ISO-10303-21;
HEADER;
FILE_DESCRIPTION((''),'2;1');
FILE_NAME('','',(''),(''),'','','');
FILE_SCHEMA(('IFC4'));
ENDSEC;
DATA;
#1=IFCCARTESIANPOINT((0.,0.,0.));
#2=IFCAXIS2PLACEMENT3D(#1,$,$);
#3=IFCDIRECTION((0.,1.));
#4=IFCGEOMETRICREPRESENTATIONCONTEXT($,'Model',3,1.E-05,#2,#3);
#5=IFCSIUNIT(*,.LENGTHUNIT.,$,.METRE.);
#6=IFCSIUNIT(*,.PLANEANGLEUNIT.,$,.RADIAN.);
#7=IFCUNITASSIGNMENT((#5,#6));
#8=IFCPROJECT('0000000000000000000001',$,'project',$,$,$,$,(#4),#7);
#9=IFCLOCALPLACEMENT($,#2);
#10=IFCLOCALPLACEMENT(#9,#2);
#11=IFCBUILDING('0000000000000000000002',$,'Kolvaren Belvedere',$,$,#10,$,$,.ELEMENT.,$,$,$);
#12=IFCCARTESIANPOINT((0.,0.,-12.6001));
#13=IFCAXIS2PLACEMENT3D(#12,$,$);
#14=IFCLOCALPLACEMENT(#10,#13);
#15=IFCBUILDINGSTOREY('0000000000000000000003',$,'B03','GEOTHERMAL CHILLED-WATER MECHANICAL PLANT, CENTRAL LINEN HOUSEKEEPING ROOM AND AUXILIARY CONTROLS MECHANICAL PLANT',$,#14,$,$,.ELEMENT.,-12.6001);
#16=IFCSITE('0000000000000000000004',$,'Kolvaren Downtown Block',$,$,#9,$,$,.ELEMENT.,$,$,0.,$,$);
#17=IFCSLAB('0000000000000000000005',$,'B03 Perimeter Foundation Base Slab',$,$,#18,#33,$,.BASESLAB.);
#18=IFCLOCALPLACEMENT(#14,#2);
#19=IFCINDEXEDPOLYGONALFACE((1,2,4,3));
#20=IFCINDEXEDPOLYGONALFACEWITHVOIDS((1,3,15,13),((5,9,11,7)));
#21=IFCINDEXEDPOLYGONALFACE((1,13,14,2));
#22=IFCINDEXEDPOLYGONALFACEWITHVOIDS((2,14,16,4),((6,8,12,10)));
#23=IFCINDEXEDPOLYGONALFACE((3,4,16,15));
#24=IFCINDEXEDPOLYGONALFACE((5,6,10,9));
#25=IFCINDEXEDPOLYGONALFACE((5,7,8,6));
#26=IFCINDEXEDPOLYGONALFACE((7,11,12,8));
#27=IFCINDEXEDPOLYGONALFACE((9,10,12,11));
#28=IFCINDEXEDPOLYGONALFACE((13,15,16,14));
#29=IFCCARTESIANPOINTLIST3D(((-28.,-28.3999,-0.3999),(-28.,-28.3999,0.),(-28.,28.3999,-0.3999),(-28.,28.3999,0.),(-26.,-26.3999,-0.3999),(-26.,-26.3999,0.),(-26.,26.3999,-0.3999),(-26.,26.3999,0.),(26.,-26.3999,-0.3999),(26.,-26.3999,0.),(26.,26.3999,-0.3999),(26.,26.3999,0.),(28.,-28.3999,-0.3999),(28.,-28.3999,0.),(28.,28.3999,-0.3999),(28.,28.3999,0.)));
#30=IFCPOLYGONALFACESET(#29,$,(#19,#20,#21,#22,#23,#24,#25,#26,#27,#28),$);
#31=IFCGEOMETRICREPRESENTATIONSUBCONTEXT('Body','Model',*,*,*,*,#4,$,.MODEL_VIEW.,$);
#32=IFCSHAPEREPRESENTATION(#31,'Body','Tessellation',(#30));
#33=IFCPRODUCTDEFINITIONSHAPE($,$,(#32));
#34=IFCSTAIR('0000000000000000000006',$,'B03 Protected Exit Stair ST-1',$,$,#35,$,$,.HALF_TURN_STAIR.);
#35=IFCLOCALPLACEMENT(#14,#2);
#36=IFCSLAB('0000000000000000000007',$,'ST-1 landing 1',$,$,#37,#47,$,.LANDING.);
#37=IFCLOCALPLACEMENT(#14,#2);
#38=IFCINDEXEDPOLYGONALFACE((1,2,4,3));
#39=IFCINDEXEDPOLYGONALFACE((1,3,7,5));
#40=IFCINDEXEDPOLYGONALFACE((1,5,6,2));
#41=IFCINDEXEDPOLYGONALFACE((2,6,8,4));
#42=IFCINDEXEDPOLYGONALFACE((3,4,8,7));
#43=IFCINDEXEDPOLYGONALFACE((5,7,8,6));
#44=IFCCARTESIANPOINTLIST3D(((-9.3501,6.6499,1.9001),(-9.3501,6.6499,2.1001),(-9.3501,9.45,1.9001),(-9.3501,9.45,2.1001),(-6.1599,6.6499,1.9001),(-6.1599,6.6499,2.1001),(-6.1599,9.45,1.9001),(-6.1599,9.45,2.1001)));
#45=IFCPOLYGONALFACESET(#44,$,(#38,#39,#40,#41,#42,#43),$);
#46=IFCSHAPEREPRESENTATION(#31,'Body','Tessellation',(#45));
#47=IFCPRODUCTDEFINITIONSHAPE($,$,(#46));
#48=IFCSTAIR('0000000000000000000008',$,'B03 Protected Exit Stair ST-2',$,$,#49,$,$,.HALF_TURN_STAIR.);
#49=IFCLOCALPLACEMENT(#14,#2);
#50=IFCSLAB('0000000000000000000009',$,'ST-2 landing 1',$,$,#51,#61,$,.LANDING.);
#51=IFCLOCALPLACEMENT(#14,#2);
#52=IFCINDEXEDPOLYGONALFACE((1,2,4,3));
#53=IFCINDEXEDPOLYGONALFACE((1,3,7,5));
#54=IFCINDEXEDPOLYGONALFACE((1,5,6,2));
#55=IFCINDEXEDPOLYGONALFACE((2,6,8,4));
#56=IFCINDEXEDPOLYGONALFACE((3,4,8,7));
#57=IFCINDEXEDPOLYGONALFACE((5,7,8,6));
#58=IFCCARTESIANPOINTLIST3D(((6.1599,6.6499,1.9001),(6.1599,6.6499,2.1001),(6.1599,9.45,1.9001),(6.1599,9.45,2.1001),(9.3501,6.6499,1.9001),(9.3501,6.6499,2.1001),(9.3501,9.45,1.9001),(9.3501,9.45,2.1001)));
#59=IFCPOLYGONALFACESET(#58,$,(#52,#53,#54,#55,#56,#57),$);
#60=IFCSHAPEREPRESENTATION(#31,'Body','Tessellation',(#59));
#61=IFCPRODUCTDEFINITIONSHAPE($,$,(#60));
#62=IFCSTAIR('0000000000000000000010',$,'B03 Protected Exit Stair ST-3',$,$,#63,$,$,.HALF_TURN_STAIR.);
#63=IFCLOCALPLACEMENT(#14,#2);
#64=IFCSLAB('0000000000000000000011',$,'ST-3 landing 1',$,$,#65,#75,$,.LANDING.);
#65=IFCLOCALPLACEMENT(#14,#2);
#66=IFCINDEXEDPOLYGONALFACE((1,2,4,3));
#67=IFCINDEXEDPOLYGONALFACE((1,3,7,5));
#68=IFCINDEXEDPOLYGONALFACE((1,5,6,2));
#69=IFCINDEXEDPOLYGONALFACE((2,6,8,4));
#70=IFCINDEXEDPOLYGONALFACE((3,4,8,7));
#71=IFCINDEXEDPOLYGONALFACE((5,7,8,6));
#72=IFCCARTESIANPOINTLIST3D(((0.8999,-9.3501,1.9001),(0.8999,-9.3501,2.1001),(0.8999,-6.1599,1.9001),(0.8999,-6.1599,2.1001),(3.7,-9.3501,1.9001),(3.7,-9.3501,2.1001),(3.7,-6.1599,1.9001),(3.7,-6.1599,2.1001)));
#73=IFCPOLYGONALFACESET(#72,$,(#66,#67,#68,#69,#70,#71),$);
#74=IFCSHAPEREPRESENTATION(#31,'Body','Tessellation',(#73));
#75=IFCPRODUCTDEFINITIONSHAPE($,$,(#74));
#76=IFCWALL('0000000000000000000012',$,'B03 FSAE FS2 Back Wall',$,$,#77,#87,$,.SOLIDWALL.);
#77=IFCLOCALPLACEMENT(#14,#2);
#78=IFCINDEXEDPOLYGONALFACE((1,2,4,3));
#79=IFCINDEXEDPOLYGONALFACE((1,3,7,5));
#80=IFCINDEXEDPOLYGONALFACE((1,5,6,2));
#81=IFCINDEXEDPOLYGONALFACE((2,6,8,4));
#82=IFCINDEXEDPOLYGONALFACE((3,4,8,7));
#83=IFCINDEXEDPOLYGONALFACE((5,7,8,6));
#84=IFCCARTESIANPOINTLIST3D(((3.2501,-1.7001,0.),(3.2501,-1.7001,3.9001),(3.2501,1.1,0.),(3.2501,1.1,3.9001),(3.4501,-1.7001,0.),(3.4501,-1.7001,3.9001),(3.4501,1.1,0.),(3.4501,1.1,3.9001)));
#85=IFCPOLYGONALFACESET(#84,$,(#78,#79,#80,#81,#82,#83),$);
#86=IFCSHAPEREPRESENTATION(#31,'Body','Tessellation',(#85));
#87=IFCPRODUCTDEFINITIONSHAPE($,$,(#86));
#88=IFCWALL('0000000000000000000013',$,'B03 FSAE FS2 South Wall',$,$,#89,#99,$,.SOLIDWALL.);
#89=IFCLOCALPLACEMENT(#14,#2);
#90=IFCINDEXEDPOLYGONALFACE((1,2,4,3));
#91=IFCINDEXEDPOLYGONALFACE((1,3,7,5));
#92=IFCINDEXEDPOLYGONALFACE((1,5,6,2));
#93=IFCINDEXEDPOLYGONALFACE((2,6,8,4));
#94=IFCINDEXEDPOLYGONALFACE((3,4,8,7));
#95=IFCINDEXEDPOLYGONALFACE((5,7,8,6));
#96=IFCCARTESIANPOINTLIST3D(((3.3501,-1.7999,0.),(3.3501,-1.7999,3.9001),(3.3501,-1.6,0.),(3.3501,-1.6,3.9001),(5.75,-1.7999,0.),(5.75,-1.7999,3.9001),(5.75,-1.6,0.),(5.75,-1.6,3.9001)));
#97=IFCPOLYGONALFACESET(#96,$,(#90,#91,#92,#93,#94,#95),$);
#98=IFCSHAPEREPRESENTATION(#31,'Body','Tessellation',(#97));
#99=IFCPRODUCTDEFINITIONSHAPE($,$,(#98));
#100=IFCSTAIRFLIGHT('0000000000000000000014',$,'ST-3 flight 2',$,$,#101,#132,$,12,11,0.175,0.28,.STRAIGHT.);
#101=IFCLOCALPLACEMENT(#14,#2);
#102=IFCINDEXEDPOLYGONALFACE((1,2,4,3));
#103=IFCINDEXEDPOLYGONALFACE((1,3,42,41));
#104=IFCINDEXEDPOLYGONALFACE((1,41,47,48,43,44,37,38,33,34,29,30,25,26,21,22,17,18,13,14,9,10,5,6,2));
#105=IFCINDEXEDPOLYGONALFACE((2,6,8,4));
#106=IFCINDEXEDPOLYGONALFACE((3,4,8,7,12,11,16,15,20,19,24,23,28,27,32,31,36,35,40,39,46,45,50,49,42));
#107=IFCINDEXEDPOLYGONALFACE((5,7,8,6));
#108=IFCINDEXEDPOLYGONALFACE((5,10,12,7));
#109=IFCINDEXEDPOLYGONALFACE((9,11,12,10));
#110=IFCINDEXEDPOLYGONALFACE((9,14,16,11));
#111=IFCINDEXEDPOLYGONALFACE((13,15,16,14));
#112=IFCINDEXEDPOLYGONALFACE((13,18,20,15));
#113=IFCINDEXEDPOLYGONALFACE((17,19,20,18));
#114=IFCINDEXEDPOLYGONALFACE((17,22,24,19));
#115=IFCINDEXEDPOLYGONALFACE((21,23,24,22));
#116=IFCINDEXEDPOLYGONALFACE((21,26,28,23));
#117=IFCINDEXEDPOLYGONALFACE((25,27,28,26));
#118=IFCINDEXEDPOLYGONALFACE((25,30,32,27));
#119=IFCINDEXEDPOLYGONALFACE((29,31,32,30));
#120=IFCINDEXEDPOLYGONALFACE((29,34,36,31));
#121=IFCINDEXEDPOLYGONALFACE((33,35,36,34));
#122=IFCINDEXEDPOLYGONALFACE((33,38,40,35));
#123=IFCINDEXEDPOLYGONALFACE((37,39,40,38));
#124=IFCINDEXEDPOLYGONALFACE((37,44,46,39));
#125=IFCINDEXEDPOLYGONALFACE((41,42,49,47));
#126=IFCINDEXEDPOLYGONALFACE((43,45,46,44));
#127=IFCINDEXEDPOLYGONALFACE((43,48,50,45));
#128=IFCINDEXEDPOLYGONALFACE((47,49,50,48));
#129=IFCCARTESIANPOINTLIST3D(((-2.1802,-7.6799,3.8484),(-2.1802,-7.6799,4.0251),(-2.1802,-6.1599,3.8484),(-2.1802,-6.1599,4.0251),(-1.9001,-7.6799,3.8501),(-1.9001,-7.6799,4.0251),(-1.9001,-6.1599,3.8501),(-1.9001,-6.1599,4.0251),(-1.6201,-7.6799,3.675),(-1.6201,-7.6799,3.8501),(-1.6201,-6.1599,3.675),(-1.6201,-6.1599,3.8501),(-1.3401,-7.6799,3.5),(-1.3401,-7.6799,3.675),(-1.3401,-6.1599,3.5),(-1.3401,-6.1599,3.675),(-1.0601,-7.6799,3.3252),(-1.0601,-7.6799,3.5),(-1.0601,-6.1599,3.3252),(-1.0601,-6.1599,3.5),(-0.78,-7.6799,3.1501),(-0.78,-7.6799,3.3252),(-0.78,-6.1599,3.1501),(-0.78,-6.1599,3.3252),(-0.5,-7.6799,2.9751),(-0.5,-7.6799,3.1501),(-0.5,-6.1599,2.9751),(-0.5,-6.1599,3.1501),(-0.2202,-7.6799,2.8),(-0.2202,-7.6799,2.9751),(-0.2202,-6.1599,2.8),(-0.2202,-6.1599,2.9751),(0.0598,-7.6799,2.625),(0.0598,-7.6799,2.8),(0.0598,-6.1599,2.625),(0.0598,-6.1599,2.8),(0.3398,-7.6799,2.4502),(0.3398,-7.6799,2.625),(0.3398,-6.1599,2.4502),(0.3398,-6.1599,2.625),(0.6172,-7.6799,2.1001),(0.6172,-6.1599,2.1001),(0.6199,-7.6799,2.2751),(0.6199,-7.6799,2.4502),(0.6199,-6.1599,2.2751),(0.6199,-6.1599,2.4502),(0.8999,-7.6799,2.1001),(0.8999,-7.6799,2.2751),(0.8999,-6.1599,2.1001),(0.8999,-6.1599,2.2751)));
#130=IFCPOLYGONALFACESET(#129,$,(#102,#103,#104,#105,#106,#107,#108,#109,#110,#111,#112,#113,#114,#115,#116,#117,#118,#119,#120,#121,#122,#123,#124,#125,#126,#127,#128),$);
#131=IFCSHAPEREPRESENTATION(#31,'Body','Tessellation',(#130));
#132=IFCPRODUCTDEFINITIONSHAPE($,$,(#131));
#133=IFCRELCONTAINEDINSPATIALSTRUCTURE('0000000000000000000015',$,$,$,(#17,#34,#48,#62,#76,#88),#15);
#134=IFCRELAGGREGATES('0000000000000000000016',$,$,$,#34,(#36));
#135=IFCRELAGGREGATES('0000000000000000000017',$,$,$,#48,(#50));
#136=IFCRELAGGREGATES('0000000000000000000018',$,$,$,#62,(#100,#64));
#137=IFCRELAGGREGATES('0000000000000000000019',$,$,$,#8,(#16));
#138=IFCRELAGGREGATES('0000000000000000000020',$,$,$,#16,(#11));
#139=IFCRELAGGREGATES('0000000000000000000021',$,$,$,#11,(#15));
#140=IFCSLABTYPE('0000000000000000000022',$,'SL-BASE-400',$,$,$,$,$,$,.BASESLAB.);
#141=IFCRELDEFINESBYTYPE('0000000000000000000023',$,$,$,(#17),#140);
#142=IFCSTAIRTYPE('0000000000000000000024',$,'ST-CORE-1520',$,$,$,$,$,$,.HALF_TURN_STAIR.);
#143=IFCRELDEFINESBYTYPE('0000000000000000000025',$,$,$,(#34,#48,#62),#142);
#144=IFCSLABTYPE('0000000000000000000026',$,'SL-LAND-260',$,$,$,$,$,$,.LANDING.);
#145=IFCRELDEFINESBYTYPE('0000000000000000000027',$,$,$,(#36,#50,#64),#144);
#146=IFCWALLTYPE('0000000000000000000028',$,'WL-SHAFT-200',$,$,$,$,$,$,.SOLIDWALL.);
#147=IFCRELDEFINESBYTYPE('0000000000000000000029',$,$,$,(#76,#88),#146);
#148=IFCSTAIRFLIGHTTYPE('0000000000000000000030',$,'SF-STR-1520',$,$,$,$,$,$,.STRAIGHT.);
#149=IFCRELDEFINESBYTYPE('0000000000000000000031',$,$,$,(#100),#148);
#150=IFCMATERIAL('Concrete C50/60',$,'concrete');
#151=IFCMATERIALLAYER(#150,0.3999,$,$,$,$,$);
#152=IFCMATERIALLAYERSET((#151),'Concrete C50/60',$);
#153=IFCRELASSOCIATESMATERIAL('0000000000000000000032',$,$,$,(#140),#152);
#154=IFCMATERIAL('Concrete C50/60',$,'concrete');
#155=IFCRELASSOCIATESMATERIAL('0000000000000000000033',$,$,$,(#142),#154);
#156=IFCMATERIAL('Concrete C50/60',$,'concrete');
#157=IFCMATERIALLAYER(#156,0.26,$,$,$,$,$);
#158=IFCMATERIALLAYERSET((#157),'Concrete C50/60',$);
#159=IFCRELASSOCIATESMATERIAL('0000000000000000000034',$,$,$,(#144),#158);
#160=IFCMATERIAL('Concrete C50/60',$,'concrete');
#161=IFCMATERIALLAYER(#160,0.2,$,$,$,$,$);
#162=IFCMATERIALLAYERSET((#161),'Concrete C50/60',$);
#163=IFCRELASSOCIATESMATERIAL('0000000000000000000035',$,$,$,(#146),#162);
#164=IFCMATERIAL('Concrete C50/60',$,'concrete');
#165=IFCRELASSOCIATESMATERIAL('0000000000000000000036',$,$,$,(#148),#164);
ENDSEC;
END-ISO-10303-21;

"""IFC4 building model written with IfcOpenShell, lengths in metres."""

from ifc_helpers import new_model, si_unit, direction, frame, frame_2d, origin, place, context, subcontext, project, spatial, polyline, rectangle, outline, extrude, material, layer, layer_set, type_object, element, aggregate, save


model = new_model("IFC4")

# Units and contexts
model_context = context("Model", 3, precision=1e-05, world=origin(), true_north=direction((0.0, 1.0)))
body_context = subcontext(model_context, "Body", "Model", "MODEL_VIEW")
ifc_project = project(units=[si_unit("LENGTHUNIT", "METRE"), si_unit("PLANEANGLEUNIT", "RADIAN")], contexts=[model_context])

# Site, building, storey
site_placement = place(None, origin())
site = spatial("IfcSite", under=ifc_project, at=site_placement, Name="Kolvaren Downtown Block", CompositionType="ELEMENT", RefElevation=0.0)
building_placement = place(site_placement, origin())
building = spatial("IfcBuilding", under=site, at=building_placement, Name="Kolvaren Belvedere", CompositionType="ELEMENT")
storey_placement = place(building_placement, frame((0.0, 0.0, -12.6001)))
storey = spatial("IfcBuildingStorey", under=building, at=storey_placement, Name="B03", Description="GEOTHERMAL CHILLED-WATER MECHANICAL PLANT, CENTRAL LINEN HOUSEKEEPING ROOM AND AUXILIARY CONTROLS MECHANICAL PLANT", CompositionType="ELEMENT", Elevation=-12.6001)

# Slab
ifc_material_1 = material(Name="Concrete C50/60", Category="concrete")
ifc_layer_1 = layer(ifc_material_1, 0.3999)
ifc_layer_set_1 = layer_set([ifc_layer_1], Name="Concrete C50/60")
slab_type_1 = type_object("IfcSlabType", Name="SL-BASE-400", PredefinedType="BASESLAB", material=ifc_layer_set_1)
slab_1_placement = place(storey_placement, frame((0.0, 0.0, -0.3999)))
element("IfcSlab", 1, at=slab_1_placement, inside=storey, type_object=slab_type_1, Name="B03 Perimeter Foundation Base Slab", PredefinedType="BASESLAB", context=body_context, shape_type="SweptSolid", body=[
    extrude(outline(polyline([(-28.0, -28.3999), (28.0, -28.3999), (28.0, 28.3999), (-28.0, 28.3999), (-28.0, -28.3999)]), holes=[polyline([(-26.0, -26.3999), (26.0, -26.3999), (26.0, 26.3999), (-26.0, 26.3999), (-26.0, -26.3999)])]), origin(), (0.0, 0.0, 1.0), 0.3999),
])

# Stairs, slabs
ifc_material_2 = material(Name="Concrete C50/60", Category="concrete")
stair_type = type_object("IfcStairType", Name="ST-CORE-1520", PredefinedType="HALF_TURN_STAIR", material=ifc_material_2)
stair_1_placement = place(storey_placement, origin())
stair_1 = element("IfcStair", 2, at=stair_1_placement, inside=storey, type_object=stair_type, Name="B03 Protected Exit Stair ST-1", PredefinedType="HALF_TURN_STAIR")
ifc_material_3 = material(Name="Concrete C50/60", Category="concrete")
ifc_layer_2 = layer(ifc_material_3, 0.26)
ifc_layer_set_2 = layer_set([ifc_layer_2], Name="Concrete C50/60")
slab_type_2 = type_object("IfcSlabType", Name="SL-LAND-260", PredefinedType="LANDING", material=ifc_layer_set_2)
slab_2_placement = place(storey_placement, frame((0.0, 0.0, 1.9001)))
slab_2 = element("IfcSlab", 3, at=slab_2_placement, type_object=slab_type_2, Name="ST-1 landing 1", PredefinedType="LANDING", context=body_context, shape_type="SweptSolid", body=[
    extrude(outline(polyline([(-6.1599, 6.6499), (-6.1599, 9.45), (-9.3501, 9.45), (-9.3501, 6.6499), (-6.1599, 6.6499)])), origin(), (0.0, 0.0, 1.0), 0.2),
])
aggregate(stair_1, [slab_2])
stair_2_placement = place(storey_placement, origin())
stair_2 = element("IfcStair", 4, at=stair_2_placement, inside=storey, type_object=stair_type, Name="B03 Protected Exit Stair ST-2", PredefinedType="HALF_TURN_STAIR")
slab_3_placement = place(storey_placement, frame((0.0, 0.0, 1.9001)))
slab_3 = element("IfcSlab", 5, at=slab_3_placement, type_object=slab_type_2, Name="ST-2 landing 1", PredefinedType="LANDING", context=body_context, shape_type="SweptSolid", body=[
    extrude(outline(polyline([(9.3501, 6.6499), (9.3501, 9.45), (6.1599, 9.45), (6.1599, 6.6499), (9.3501, 6.6499)])), origin(), (0.0, 0.0, 1.0), 0.2),
])
aggregate(stair_2, [slab_3])
stair_3_placement = place(storey_placement, origin())
stair_3 = element("IfcStair", 6, at=stair_3_placement, inside=storey, type_object=stair_type, Name="B03 Protected Exit Stair ST-3", PredefinedType="HALF_TURN_STAIR")
slab_4_placement = place(storey_placement, frame((0.0, 0.0, 1.9001)))
slab_4 = element("IfcSlab", 7, at=slab_4_placement, type_object=slab_type_2, Name="ST-3 landing 1", PredefinedType="LANDING", context=body_context, shape_type="SweptSolid", body=[
    extrude(outline(polyline([(0.8999, -9.3501), (3.7, -9.3501), (3.7, -6.1599), (0.8999, -6.1599), (0.8999, -9.3501)])), origin(), (0.0, 0.0, 1.0), 0.2),
])

# Walls
ifc_material_4 = material(Name="Concrete C50/60", Category="concrete")
ifc_layer_3 = layer(ifc_material_4, 0.2)
ifc_layer_set_3 = layer_set([ifc_layer_3], Name="Concrete C50/60")
wall_type = type_object("IfcWallType", Name="WL-SHAFT-200", PredefinedType="SOLIDWALL", material=ifc_layer_set_3)
wall_1_placement = place(storey_placement, frame((3.3501, -1.7, 0.0), z_axis=(0.0, 0.0, 1.0), x_axis=(0.0, 1.0, 0.0)))
element("IfcWall", 8, at=wall_1_placement, inside=storey, type_object=wall_type, Name="B03 FSAE FS2 Back Wall", PredefinedType="SOLIDWALL", context=body_context, shape_type="SweptSolid", body=[
    extrude(rectangle(XDim=2.8, YDim=0.2, at=frame_2d((1.3999, 0.0))), origin(), (0.0, 0.0, 1.0), 3.9001),
])
wall_2_placement = place(storey_placement, frame((3.3501, -1.7, 0.0), z_axis=(0.0, 0.0, 1.0), x_axis=(1.0, 0.0, 0.0)))
element("IfcWall", 9, at=wall_2_placement, inside=storey, type_object=wall_type, Name="B03 FSAE FS2 South Wall", PredefinedType="SOLIDWALL", context=body_context, shape_type="SweptSolid", body=[
    extrude(rectangle(XDim=2.3999, YDim=0.2, at=frame_2d((1.2, 0.0))), origin(), (0.0, 0.0, 1.0), 3.9001),
])

# Stair flight
ifc_material_5 = material(Name="Concrete C50/60", Category="concrete")
stair_flight_type = type_object("IfcStairFlightType", Name="SF-STR-1520", PredefinedType="STRAIGHT", material=ifc_material_5)
stair_flight_placement = place(storey_placement, frame((0.8999, -6.9199, 2.1001), z_axis=(0.0, 0.0, 1.0), x_axis=(-1.0, 0.0, 0.0)))
stair_flight = element("IfcStairFlight", 10, at=stair_flight_placement, type_object=stair_flight_type, Name="ST-3 flight 2", NumberOfRisers=12, NumberOfTreads=11, PredefinedType="STRAIGHT", RiserHeight=0.175, TreadLength=0.28, context=body_context, shape_type="SweptSolid", body=[
    extrude(outline(polyline([(0.0, 0.0), (0.0, 0.175), (0.28, 0.175), (0.28, 0.3501), (0.5601, 0.3501), (0.5601, 0.5249), (0.8401, 0.5249), (0.8401, 0.7), (1.1201, 0.7), (1.1201, 0.875), (1.3999, 0.875), (1.3999, 1.05), (1.6799, 1.05), (1.6799, 1.2251), (1.96, 1.2251), (1.96, 1.3999), (2.24, 1.3999), (2.24, 1.575), (2.52, 1.575), (2.52, 1.75), (2.8, 1.75), (2.8, 1.925), (3.0801, 1.925), (3.0801, 2.1001), (3.0801, 1.7483), (0.2827, 0.0), (0.0, 0.0)])), frame((0.0, 0.76, 0.0), z_axis=(0.0, -1.0, 0.0), x_axis=(1.0, 0.0, 0.0)), (0.0, 0.0, 1.0), 1.52),
])
aggregate(stair_3, [stair_flight, slab_4])

save(model, "model.ifc")
